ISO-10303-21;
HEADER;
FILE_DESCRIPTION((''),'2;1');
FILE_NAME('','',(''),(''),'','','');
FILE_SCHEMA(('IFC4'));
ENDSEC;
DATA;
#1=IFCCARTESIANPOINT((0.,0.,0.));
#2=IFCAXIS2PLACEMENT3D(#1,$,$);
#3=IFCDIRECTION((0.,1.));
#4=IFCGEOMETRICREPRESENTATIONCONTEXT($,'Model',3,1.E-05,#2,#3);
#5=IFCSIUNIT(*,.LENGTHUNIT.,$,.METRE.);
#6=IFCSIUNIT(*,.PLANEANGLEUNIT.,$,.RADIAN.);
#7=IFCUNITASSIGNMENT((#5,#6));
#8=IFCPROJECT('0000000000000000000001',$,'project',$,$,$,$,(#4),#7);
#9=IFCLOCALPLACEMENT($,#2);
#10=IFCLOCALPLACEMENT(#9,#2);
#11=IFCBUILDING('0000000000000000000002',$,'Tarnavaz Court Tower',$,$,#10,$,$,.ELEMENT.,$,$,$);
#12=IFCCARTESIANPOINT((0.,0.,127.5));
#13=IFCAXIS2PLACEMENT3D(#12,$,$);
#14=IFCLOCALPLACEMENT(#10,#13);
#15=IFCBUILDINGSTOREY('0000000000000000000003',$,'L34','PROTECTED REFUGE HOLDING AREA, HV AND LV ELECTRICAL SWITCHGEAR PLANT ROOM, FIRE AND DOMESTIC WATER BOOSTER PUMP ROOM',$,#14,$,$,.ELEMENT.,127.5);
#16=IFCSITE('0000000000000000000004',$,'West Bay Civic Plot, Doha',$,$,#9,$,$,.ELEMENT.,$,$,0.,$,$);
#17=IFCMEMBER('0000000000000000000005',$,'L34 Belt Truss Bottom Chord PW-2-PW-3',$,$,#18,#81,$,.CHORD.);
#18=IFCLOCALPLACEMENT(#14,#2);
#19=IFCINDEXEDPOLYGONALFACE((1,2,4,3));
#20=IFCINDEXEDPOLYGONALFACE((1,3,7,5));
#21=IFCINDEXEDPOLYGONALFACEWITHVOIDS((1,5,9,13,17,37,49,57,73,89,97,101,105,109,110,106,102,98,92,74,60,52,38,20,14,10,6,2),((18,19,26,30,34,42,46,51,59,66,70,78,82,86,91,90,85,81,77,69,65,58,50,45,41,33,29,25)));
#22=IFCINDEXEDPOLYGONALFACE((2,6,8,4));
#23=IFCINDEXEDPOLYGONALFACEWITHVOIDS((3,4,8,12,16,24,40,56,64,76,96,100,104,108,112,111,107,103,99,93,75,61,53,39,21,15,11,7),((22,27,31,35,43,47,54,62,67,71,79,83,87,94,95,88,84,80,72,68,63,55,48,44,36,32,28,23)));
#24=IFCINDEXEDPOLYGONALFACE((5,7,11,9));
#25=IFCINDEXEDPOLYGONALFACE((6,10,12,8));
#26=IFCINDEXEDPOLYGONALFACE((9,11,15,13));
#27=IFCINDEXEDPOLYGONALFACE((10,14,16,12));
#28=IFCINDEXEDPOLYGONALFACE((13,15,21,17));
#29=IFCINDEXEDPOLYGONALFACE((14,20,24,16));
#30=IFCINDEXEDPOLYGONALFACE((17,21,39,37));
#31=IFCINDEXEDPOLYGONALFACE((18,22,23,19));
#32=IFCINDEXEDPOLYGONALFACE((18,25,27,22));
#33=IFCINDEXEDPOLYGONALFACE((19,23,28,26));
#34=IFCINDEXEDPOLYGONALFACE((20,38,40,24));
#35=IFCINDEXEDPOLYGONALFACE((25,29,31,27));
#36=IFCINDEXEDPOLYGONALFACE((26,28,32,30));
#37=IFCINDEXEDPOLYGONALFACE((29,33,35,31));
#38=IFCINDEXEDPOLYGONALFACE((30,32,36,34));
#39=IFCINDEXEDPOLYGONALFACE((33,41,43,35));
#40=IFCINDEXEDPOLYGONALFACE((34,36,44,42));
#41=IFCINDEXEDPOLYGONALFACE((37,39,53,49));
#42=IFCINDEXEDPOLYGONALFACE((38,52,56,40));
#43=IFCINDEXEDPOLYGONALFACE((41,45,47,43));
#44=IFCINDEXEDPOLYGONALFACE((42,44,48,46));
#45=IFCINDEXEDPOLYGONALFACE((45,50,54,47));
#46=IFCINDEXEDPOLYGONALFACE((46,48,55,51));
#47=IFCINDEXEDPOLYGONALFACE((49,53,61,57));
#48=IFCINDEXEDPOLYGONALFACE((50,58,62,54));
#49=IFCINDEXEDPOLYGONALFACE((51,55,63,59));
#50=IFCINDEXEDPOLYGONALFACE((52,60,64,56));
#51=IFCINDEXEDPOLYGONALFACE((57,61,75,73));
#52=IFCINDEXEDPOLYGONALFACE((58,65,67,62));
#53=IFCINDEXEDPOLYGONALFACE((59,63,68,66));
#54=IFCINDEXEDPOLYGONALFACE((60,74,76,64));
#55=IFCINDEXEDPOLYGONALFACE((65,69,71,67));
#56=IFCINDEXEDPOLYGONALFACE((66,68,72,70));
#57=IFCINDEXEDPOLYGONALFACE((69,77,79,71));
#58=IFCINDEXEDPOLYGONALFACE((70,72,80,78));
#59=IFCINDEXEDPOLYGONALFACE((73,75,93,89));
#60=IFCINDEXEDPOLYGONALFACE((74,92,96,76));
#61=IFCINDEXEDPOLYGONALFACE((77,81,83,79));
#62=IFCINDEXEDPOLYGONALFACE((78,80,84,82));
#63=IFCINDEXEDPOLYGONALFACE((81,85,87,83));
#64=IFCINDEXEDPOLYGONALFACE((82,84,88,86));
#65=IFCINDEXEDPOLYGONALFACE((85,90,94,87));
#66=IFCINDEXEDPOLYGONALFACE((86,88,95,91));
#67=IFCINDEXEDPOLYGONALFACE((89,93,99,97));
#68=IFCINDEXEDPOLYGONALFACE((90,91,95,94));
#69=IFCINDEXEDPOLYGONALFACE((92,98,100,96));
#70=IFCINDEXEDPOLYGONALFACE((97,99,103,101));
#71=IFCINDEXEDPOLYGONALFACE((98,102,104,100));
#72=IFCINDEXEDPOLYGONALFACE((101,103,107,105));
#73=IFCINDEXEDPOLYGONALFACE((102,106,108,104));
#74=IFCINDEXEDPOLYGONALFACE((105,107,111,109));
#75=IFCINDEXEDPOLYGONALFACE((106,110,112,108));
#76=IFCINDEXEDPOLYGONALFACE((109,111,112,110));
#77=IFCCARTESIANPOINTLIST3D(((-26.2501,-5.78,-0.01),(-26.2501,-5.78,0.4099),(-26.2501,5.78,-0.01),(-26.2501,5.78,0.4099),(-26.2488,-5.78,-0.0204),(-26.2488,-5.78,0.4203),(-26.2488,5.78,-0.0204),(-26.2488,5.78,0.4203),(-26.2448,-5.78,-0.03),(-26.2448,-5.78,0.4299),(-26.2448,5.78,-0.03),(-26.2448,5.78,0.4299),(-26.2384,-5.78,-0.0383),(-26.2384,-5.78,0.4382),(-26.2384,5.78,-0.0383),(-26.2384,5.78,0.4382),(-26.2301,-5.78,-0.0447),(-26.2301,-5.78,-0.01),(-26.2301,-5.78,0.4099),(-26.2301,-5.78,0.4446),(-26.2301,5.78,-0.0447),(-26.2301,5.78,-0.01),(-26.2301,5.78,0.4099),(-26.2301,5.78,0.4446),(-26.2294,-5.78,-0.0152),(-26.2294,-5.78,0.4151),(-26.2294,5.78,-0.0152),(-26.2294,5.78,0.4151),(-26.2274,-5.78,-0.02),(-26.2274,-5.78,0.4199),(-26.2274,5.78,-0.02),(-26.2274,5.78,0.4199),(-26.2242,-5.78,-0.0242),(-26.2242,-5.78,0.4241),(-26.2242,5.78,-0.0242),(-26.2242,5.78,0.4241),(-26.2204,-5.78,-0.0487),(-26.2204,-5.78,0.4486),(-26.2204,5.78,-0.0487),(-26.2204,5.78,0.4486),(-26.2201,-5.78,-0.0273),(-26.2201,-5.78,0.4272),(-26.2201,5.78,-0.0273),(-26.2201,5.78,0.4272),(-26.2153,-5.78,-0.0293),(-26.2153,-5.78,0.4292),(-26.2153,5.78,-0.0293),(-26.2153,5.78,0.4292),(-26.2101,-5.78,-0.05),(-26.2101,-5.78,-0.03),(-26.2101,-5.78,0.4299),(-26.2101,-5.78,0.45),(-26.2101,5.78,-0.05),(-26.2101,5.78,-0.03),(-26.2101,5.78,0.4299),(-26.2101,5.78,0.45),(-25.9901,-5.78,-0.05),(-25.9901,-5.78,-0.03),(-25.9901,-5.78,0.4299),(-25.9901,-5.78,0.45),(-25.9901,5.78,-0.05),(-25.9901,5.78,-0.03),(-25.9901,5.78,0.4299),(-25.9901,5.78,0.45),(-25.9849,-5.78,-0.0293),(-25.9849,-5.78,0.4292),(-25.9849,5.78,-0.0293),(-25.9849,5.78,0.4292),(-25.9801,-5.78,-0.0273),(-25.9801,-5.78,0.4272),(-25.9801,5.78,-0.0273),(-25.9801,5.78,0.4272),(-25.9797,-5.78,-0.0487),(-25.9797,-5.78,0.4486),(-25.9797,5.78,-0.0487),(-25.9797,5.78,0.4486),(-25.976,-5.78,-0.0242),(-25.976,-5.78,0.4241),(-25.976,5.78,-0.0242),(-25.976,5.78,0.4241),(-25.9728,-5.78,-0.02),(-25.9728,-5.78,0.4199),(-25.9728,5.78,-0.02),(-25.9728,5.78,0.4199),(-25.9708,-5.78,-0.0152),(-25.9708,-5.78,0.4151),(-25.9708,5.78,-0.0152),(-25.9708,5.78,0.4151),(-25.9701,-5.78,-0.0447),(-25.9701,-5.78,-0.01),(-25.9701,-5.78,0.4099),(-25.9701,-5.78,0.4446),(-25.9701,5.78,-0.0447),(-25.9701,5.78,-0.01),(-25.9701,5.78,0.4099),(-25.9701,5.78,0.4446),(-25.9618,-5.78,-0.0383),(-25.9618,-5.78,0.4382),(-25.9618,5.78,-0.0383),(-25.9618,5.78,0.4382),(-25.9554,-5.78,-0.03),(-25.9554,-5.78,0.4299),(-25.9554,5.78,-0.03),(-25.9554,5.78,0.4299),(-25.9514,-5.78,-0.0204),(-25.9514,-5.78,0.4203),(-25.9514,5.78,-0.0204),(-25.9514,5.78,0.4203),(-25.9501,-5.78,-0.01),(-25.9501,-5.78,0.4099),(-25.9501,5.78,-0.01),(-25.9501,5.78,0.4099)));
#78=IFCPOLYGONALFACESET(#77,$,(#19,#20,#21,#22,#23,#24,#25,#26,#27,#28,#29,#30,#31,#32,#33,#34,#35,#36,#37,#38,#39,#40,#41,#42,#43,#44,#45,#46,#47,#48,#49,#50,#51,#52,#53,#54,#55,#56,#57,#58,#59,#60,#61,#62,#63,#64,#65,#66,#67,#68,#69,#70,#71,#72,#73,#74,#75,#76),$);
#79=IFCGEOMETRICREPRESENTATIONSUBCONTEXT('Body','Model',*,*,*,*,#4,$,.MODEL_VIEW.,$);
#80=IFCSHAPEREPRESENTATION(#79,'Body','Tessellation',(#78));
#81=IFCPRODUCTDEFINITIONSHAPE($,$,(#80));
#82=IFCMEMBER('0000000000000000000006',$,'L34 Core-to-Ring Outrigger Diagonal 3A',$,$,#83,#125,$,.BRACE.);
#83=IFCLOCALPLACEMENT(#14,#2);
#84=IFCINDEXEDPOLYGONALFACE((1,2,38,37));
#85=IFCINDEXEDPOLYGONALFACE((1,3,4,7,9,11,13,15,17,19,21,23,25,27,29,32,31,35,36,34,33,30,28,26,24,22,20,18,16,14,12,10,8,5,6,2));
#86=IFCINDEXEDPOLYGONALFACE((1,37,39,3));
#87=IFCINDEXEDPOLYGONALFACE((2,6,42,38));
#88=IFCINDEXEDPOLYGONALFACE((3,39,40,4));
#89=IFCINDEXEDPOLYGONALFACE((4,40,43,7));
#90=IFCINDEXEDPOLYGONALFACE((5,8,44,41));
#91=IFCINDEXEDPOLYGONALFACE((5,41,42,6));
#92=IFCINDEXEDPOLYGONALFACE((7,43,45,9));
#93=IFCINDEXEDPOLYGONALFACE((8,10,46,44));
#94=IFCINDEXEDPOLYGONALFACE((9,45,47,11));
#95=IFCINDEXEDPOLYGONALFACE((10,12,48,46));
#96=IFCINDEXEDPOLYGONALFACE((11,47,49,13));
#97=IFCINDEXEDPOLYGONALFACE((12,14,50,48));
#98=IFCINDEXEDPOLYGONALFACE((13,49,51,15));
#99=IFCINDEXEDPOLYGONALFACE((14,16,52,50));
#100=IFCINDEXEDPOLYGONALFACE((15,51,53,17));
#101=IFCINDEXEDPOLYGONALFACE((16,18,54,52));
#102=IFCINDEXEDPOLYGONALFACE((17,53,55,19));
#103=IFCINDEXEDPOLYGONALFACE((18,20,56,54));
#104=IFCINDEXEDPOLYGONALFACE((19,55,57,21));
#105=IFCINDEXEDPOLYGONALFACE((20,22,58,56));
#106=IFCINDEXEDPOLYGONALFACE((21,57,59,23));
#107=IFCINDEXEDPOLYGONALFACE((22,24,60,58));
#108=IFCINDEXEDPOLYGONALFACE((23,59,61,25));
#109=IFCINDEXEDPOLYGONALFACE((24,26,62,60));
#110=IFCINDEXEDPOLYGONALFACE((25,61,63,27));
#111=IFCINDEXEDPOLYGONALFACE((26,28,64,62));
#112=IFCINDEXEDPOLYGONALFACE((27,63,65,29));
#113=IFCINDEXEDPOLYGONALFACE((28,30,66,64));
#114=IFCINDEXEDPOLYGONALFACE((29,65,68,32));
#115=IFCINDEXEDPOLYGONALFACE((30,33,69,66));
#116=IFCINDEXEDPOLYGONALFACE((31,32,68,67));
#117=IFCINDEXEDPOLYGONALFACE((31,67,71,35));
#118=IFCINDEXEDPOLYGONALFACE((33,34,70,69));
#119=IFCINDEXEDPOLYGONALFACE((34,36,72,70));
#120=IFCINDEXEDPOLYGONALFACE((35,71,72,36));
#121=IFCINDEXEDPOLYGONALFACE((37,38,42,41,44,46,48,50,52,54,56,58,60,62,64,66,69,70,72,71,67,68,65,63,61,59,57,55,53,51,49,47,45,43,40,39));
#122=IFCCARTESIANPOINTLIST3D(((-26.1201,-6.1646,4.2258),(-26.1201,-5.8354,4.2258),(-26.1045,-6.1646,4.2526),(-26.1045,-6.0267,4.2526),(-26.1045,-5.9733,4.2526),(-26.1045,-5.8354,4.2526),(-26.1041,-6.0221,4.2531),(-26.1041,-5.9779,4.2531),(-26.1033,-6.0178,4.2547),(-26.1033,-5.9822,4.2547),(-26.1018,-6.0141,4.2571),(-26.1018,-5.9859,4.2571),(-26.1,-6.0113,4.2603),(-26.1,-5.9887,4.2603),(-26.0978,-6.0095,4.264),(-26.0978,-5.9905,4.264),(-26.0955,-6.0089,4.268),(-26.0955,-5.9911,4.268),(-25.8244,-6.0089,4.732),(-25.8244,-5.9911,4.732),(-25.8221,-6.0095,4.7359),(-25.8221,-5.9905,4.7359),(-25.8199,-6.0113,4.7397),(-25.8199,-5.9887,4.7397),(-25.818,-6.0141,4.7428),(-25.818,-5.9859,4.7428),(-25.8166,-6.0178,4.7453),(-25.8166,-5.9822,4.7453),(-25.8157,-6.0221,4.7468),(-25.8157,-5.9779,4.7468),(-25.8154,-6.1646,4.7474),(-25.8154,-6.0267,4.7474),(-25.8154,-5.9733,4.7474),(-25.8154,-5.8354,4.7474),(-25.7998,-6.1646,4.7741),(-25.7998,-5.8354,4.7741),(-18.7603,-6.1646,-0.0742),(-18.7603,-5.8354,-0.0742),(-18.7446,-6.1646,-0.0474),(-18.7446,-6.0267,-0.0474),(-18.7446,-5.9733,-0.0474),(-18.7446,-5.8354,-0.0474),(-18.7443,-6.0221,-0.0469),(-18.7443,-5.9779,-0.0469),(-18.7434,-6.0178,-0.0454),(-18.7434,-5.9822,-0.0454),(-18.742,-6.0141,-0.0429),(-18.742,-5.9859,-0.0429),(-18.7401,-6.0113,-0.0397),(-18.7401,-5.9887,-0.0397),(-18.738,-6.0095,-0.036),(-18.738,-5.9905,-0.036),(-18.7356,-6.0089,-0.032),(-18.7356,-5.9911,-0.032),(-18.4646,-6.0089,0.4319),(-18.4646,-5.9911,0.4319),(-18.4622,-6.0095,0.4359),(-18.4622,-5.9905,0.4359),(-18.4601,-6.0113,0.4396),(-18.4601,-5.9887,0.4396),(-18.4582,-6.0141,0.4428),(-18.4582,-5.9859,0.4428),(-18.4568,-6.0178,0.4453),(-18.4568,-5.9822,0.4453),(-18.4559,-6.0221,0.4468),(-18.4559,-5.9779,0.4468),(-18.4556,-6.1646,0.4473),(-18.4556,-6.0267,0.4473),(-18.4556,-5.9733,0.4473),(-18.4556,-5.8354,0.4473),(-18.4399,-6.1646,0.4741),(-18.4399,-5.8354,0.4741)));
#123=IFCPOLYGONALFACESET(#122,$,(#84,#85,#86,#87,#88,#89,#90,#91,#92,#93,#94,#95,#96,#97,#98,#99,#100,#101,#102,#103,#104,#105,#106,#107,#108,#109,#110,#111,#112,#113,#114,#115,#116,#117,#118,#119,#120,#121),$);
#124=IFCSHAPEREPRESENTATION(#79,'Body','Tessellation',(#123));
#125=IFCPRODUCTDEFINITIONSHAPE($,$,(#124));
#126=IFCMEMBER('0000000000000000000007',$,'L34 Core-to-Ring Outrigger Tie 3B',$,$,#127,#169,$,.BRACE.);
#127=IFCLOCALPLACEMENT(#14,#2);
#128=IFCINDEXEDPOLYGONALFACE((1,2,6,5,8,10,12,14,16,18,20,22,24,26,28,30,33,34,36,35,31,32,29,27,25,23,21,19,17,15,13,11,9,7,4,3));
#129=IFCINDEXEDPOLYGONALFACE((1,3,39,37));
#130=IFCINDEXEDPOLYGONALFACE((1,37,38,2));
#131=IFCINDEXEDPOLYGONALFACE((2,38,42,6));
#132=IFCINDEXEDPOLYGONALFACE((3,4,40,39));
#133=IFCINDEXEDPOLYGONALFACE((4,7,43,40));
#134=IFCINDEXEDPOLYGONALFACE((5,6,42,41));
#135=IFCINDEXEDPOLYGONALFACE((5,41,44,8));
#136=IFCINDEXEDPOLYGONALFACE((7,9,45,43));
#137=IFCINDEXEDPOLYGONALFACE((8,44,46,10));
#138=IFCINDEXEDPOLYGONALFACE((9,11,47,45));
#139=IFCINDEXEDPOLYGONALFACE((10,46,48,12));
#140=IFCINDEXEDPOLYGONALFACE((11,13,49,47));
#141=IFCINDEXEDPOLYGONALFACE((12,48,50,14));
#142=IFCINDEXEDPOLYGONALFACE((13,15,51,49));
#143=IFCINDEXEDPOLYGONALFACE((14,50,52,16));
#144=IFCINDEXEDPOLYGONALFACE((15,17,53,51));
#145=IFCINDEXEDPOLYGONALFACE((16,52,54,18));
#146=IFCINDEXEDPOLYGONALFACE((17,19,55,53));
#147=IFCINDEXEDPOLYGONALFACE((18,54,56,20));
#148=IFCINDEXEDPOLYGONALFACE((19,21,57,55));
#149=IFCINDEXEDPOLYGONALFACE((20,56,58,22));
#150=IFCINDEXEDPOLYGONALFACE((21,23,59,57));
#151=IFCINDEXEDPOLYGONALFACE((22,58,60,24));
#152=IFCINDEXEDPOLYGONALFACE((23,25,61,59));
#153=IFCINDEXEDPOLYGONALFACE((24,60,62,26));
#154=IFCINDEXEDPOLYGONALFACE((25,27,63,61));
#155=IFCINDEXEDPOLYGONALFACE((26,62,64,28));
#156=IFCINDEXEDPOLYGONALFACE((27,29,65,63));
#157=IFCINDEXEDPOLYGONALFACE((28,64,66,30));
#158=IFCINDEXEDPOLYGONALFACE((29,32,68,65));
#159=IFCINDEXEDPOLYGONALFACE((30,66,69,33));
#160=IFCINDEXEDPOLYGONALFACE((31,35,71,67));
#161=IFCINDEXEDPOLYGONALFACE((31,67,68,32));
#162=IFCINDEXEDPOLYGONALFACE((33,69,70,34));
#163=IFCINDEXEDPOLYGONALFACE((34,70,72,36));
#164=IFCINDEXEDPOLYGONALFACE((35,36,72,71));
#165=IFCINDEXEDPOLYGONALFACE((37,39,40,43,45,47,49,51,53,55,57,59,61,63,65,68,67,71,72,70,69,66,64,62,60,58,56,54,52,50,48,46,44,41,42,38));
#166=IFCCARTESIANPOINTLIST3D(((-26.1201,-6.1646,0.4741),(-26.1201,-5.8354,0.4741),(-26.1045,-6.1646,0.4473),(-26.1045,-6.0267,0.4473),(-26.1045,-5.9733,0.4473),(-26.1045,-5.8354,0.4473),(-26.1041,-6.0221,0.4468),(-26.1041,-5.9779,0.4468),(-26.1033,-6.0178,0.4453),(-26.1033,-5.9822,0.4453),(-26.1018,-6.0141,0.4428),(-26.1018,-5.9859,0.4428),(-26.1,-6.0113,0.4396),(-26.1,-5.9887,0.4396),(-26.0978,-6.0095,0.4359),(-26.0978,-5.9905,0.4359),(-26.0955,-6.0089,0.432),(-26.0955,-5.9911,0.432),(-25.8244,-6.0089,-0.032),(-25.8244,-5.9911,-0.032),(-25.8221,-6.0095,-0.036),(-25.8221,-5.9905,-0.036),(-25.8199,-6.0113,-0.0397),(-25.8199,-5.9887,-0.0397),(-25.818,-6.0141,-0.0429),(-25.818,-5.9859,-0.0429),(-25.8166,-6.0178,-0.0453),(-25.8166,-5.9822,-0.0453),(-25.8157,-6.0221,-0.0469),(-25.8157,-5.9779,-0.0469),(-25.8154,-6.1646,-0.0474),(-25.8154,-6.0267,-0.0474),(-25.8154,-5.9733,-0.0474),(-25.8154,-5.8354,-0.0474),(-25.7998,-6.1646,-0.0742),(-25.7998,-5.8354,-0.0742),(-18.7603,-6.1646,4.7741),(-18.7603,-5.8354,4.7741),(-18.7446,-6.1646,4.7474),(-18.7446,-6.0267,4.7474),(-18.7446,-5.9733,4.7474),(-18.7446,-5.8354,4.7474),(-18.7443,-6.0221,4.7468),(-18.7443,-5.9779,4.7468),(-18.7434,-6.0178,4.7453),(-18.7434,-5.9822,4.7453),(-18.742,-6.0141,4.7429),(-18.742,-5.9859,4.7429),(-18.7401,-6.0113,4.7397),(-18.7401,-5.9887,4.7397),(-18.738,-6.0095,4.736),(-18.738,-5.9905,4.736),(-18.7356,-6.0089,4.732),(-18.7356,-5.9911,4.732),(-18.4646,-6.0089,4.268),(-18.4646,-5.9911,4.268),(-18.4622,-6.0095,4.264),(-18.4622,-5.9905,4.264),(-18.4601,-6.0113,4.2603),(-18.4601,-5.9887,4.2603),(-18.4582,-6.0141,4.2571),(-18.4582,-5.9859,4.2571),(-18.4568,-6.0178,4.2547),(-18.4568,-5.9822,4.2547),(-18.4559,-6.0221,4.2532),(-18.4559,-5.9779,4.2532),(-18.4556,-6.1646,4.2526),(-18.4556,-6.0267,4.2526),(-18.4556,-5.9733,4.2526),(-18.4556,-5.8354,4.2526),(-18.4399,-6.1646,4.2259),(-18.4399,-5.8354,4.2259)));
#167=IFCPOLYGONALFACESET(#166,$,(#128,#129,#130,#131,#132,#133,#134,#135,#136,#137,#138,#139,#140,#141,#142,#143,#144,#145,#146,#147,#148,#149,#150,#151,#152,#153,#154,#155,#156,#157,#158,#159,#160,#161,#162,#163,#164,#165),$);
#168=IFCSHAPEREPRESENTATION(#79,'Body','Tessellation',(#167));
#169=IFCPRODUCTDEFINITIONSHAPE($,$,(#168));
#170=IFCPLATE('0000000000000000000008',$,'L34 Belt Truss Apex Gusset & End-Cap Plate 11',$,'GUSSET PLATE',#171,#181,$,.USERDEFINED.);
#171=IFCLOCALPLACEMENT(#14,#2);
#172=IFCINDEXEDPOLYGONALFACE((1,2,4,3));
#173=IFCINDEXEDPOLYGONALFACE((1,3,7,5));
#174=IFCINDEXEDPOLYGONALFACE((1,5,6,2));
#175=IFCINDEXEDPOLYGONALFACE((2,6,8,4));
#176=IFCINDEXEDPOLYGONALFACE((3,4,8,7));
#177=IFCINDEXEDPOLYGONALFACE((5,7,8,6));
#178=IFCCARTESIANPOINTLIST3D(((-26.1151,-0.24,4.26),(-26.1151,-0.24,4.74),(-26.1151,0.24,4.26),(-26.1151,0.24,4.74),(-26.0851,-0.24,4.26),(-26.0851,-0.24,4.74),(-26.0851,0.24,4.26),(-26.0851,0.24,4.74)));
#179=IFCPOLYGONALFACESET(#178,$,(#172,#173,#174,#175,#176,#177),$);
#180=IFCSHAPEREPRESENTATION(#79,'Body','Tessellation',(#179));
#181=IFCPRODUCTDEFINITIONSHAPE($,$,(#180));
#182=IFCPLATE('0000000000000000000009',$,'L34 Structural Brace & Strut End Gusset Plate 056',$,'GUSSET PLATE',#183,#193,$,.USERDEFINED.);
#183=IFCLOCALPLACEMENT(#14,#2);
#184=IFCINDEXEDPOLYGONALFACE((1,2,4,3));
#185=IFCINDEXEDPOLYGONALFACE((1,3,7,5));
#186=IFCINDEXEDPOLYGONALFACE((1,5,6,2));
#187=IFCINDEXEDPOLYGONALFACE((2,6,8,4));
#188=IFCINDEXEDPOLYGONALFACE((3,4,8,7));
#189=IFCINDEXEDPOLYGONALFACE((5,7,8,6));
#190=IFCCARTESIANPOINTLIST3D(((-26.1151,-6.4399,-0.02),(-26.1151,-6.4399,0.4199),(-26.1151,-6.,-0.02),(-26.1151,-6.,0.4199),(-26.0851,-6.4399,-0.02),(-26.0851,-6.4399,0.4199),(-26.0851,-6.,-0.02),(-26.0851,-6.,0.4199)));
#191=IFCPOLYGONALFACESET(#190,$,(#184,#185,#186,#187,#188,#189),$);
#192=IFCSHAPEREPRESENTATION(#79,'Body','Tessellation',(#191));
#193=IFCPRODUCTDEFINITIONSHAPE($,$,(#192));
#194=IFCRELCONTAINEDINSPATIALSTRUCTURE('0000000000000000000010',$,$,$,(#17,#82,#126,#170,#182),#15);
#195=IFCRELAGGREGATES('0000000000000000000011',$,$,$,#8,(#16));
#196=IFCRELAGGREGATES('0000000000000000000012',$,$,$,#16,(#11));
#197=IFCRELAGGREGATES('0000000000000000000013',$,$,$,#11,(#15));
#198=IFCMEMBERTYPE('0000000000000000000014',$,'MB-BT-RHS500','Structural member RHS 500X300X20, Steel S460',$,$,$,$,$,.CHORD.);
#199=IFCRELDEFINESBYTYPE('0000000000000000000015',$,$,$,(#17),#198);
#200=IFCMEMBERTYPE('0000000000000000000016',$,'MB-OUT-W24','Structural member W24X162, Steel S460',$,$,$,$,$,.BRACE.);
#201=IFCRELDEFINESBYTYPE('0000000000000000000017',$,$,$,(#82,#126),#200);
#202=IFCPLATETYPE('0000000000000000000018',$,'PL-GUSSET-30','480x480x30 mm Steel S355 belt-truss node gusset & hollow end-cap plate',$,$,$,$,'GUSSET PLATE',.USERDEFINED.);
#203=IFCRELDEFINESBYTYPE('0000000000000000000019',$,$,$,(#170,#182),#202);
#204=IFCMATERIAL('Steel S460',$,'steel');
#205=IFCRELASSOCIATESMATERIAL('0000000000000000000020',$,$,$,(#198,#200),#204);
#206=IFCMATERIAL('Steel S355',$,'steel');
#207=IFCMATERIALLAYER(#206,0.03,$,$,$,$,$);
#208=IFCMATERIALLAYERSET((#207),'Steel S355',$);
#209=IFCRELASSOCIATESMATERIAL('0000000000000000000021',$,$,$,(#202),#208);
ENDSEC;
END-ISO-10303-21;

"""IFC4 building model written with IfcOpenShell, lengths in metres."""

from ifc_helpers import new_model, si_unit, direction, frame, origin, origin_2d, place, context, subcontext, project, spatial, rectangle, hollow_rectangle, i_section, extrude, material, layer, layer_set, material_profile, profile_set, type_object, element, save


model = new_model("IFC4")

# Units and contexts
model_context = context("Model", 3, precision=1e-05, world=origin(), true_north=direction((0.0, 1.0)))
body_context = subcontext(model_context, "Body", "Model", "MODEL_VIEW")
ifc_project = project(units=[si_unit("LENGTHUNIT", "METRE"), si_unit("PLANEANGLEUNIT", "RADIAN")], contexts=[model_context])

# Site, building, storey
site_placement = place(None, origin())
site = spatial("IfcSite", under=ifc_project, at=site_placement, Name="West Bay Civic Plot, Doha", CompositionType="ELEMENT", RefElevation=0.0)
building_placement = place(site_placement, origin())
building = spatial("IfcBuilding", under=site, at=building_placement, Name="Tarnavaz Court Tower", CompositionType="ELEMENT")
storey_placement = place(building_placement, frame((0.0, 0.0, 127.5)))
storey = spatial("IfcBuildingStorey", under=building, at=storey_placement, Name="L34", Description="PROTECTED REFUGE HOLDING AREA, HV AND LV ELECTRICAL SWITCHGEAR PLANT ROOM, FIRE AND DOMESTIC WATER BOOSTER PUMP ROOM", CompositionType="ELEMENT", Elevation=127.5)

# Shared definitions
ifc_material_1 = material(Name="Steel S460", Category="steel")

# Members
ifc_material_profile_1 = material_profile(ifc_material_1, hollow_rectangle(XDim=0.3, YDim=0.5, WallThickness=0.02, InnerFilletRadius=0.02, OuterFilletRadius=0.04, at=origin_2d()), Name="RHS 500X300X20")
ifc_profile_set_1 = profile_set([ifc_material_profile_1], Name="Steel S460")
member_type_1 = type_object("IfcMemberType", Name="MB-BT-RHS500", Description="Structural member RHS 500X300X20, Steel S460", PredefinedType="CHORD", material=ifc_profile_set_1)
member_1_placement = place(storey_placement, frame((-26.1001, -5.78, 0.2), z_axis=(0.0, 1.0, 0.0), x_axis=(-1.0, 0.0, 0.0)))
element("IfcMember", 1, at=member_1_placement, inside=storey, type_object=member_type_1, Name="L34 Belt Truss Bottom Chord PW-2-PW-3", PredefinedType="CHORD", context=body_context, shape_type="SweptSolid", body=[
    extrude(hollow_rectangle(XDim=0.3, YDim=0.5, WallThickness=0.02, InnerFilletRadius=0.02, OuterFilletRadius=0.04, at=origin_2d()), origin(), (0.0, 0.0, 1.0), 11.5601),
])
ifc_material_profile_2 = material_profile(ifc_material_1, i_section(OverallWidth=0.3291, OverallDepth=0.635, WebThickness=0.0178, FlangeThickness=0.031, FilletRadius=0.0178, at=origin_2d()), Name="W24X162")
ifc_profile_set_2 = profile_set([ifc_material_profile_2], Name="Steel S460")
member_type_2 = type_object("IfcMemberType", Name="MB-OUT-W24", Description="Structural member W24X162, Steel S460", PredefinedType="BRACE", material=ifc_profile_set_2)
for number, where, z_axis, x_axis, name in (
    (2, (-18.6001, -6.0, 0.2), (-0.863432, 0.0, 0.504466), (0.0, -1.0, 0.0), "L34 Core-to-Ring Outrigger Diagonal 3A"),
    (3, (-18.6001, -6.0, 4.5), (-0.863432, 0.0, -0.504466), (0.0, -1.0, 0.0), "L34 Core-to-Ring Outrigger Tie 3B"),
):
    element("IfcMember", number, at=place(storey_placement, frame(where, z_axis=z_axis, x_axis=x_axis)), inside=storey, type_object=member_type_2, Name=name, PredefinedType="BRACE", context=body_context, shape_type="SweptSolid", body=[
        extrude(i_section(OverallWidth=0.3291, OverallDepth=0.635, WebThickness=0.0178, FlangeThickness=0.031, FilletRadius=0.0178, at=origin_2d()), origin(), (0.0, 0.0, 1.0), 8.5239),
    ])

# Plates
ifc_material_2 = material(Name="Steel S355", Category="steel")
ifc_layer_1 = layer(ifc_material_2, 0.03)
ifc_layer_set_1 = layer_set([ifc_layer_1], Name="Steel S355")
plate_type = type_object("IfcPlateType", Name="PL-GUSSET-30", Description="480x480x30 mm Steel S355 belt-truss node gusset & hollow end-cap plate", ElementType="GUSSET PLATE", PredefinedType="USERDEFINED", material=ifc_layer_set_1)
plate_placement = place(storey_placement, frame((-26.1001, 0.0, 4.26), z_axis=(0.0, 0.0, 1.0), x_axis=(0.0, 1.0, 0.0)))
element("IfcPlate", 4, at=plate_placement, inside=storey, type_object=plate_type, Name="L34 Belt Truss Apex Gusset & End-Cap Plate 11", ObjectType="GUSSET PLATE", PredefinedType="USERDEFINED", context=body_context, shape_type="SweptSolid", body=[
    extrude(rectangle(XDim=0.48, YDim=0.03, at=origin_2d()), origin(), (0.0, 0.0, 1.0), 0.48),
])
for number, where, z_axis, x_axis, name in (
    (5, (-26.1001, -6.22, -0.02), (0.0, 0.0, 1.0), (0.0, 1.0, 0.0), "L34 Structural Brace & Strut End Gusset Plate 056"),
):
    element("IfcPlate", number, at=place(storey_placement, frame(where, z_axis=z_axis, x_axis=x_axis)), inside=storey, type_object=plate_type, Name=name, ObjectType="GUSSET PLATE", PredefinedType="USERDEFINED", context=body_context, shape_type="SweptSolid", body=[
        extrude(rectangle(XDim=0.4399, YDim=0.03, at=origin_2d()), origin(), (0.0, 0.0, 1.0), 0.4399),
    ])

save(model, "model.ifc")
